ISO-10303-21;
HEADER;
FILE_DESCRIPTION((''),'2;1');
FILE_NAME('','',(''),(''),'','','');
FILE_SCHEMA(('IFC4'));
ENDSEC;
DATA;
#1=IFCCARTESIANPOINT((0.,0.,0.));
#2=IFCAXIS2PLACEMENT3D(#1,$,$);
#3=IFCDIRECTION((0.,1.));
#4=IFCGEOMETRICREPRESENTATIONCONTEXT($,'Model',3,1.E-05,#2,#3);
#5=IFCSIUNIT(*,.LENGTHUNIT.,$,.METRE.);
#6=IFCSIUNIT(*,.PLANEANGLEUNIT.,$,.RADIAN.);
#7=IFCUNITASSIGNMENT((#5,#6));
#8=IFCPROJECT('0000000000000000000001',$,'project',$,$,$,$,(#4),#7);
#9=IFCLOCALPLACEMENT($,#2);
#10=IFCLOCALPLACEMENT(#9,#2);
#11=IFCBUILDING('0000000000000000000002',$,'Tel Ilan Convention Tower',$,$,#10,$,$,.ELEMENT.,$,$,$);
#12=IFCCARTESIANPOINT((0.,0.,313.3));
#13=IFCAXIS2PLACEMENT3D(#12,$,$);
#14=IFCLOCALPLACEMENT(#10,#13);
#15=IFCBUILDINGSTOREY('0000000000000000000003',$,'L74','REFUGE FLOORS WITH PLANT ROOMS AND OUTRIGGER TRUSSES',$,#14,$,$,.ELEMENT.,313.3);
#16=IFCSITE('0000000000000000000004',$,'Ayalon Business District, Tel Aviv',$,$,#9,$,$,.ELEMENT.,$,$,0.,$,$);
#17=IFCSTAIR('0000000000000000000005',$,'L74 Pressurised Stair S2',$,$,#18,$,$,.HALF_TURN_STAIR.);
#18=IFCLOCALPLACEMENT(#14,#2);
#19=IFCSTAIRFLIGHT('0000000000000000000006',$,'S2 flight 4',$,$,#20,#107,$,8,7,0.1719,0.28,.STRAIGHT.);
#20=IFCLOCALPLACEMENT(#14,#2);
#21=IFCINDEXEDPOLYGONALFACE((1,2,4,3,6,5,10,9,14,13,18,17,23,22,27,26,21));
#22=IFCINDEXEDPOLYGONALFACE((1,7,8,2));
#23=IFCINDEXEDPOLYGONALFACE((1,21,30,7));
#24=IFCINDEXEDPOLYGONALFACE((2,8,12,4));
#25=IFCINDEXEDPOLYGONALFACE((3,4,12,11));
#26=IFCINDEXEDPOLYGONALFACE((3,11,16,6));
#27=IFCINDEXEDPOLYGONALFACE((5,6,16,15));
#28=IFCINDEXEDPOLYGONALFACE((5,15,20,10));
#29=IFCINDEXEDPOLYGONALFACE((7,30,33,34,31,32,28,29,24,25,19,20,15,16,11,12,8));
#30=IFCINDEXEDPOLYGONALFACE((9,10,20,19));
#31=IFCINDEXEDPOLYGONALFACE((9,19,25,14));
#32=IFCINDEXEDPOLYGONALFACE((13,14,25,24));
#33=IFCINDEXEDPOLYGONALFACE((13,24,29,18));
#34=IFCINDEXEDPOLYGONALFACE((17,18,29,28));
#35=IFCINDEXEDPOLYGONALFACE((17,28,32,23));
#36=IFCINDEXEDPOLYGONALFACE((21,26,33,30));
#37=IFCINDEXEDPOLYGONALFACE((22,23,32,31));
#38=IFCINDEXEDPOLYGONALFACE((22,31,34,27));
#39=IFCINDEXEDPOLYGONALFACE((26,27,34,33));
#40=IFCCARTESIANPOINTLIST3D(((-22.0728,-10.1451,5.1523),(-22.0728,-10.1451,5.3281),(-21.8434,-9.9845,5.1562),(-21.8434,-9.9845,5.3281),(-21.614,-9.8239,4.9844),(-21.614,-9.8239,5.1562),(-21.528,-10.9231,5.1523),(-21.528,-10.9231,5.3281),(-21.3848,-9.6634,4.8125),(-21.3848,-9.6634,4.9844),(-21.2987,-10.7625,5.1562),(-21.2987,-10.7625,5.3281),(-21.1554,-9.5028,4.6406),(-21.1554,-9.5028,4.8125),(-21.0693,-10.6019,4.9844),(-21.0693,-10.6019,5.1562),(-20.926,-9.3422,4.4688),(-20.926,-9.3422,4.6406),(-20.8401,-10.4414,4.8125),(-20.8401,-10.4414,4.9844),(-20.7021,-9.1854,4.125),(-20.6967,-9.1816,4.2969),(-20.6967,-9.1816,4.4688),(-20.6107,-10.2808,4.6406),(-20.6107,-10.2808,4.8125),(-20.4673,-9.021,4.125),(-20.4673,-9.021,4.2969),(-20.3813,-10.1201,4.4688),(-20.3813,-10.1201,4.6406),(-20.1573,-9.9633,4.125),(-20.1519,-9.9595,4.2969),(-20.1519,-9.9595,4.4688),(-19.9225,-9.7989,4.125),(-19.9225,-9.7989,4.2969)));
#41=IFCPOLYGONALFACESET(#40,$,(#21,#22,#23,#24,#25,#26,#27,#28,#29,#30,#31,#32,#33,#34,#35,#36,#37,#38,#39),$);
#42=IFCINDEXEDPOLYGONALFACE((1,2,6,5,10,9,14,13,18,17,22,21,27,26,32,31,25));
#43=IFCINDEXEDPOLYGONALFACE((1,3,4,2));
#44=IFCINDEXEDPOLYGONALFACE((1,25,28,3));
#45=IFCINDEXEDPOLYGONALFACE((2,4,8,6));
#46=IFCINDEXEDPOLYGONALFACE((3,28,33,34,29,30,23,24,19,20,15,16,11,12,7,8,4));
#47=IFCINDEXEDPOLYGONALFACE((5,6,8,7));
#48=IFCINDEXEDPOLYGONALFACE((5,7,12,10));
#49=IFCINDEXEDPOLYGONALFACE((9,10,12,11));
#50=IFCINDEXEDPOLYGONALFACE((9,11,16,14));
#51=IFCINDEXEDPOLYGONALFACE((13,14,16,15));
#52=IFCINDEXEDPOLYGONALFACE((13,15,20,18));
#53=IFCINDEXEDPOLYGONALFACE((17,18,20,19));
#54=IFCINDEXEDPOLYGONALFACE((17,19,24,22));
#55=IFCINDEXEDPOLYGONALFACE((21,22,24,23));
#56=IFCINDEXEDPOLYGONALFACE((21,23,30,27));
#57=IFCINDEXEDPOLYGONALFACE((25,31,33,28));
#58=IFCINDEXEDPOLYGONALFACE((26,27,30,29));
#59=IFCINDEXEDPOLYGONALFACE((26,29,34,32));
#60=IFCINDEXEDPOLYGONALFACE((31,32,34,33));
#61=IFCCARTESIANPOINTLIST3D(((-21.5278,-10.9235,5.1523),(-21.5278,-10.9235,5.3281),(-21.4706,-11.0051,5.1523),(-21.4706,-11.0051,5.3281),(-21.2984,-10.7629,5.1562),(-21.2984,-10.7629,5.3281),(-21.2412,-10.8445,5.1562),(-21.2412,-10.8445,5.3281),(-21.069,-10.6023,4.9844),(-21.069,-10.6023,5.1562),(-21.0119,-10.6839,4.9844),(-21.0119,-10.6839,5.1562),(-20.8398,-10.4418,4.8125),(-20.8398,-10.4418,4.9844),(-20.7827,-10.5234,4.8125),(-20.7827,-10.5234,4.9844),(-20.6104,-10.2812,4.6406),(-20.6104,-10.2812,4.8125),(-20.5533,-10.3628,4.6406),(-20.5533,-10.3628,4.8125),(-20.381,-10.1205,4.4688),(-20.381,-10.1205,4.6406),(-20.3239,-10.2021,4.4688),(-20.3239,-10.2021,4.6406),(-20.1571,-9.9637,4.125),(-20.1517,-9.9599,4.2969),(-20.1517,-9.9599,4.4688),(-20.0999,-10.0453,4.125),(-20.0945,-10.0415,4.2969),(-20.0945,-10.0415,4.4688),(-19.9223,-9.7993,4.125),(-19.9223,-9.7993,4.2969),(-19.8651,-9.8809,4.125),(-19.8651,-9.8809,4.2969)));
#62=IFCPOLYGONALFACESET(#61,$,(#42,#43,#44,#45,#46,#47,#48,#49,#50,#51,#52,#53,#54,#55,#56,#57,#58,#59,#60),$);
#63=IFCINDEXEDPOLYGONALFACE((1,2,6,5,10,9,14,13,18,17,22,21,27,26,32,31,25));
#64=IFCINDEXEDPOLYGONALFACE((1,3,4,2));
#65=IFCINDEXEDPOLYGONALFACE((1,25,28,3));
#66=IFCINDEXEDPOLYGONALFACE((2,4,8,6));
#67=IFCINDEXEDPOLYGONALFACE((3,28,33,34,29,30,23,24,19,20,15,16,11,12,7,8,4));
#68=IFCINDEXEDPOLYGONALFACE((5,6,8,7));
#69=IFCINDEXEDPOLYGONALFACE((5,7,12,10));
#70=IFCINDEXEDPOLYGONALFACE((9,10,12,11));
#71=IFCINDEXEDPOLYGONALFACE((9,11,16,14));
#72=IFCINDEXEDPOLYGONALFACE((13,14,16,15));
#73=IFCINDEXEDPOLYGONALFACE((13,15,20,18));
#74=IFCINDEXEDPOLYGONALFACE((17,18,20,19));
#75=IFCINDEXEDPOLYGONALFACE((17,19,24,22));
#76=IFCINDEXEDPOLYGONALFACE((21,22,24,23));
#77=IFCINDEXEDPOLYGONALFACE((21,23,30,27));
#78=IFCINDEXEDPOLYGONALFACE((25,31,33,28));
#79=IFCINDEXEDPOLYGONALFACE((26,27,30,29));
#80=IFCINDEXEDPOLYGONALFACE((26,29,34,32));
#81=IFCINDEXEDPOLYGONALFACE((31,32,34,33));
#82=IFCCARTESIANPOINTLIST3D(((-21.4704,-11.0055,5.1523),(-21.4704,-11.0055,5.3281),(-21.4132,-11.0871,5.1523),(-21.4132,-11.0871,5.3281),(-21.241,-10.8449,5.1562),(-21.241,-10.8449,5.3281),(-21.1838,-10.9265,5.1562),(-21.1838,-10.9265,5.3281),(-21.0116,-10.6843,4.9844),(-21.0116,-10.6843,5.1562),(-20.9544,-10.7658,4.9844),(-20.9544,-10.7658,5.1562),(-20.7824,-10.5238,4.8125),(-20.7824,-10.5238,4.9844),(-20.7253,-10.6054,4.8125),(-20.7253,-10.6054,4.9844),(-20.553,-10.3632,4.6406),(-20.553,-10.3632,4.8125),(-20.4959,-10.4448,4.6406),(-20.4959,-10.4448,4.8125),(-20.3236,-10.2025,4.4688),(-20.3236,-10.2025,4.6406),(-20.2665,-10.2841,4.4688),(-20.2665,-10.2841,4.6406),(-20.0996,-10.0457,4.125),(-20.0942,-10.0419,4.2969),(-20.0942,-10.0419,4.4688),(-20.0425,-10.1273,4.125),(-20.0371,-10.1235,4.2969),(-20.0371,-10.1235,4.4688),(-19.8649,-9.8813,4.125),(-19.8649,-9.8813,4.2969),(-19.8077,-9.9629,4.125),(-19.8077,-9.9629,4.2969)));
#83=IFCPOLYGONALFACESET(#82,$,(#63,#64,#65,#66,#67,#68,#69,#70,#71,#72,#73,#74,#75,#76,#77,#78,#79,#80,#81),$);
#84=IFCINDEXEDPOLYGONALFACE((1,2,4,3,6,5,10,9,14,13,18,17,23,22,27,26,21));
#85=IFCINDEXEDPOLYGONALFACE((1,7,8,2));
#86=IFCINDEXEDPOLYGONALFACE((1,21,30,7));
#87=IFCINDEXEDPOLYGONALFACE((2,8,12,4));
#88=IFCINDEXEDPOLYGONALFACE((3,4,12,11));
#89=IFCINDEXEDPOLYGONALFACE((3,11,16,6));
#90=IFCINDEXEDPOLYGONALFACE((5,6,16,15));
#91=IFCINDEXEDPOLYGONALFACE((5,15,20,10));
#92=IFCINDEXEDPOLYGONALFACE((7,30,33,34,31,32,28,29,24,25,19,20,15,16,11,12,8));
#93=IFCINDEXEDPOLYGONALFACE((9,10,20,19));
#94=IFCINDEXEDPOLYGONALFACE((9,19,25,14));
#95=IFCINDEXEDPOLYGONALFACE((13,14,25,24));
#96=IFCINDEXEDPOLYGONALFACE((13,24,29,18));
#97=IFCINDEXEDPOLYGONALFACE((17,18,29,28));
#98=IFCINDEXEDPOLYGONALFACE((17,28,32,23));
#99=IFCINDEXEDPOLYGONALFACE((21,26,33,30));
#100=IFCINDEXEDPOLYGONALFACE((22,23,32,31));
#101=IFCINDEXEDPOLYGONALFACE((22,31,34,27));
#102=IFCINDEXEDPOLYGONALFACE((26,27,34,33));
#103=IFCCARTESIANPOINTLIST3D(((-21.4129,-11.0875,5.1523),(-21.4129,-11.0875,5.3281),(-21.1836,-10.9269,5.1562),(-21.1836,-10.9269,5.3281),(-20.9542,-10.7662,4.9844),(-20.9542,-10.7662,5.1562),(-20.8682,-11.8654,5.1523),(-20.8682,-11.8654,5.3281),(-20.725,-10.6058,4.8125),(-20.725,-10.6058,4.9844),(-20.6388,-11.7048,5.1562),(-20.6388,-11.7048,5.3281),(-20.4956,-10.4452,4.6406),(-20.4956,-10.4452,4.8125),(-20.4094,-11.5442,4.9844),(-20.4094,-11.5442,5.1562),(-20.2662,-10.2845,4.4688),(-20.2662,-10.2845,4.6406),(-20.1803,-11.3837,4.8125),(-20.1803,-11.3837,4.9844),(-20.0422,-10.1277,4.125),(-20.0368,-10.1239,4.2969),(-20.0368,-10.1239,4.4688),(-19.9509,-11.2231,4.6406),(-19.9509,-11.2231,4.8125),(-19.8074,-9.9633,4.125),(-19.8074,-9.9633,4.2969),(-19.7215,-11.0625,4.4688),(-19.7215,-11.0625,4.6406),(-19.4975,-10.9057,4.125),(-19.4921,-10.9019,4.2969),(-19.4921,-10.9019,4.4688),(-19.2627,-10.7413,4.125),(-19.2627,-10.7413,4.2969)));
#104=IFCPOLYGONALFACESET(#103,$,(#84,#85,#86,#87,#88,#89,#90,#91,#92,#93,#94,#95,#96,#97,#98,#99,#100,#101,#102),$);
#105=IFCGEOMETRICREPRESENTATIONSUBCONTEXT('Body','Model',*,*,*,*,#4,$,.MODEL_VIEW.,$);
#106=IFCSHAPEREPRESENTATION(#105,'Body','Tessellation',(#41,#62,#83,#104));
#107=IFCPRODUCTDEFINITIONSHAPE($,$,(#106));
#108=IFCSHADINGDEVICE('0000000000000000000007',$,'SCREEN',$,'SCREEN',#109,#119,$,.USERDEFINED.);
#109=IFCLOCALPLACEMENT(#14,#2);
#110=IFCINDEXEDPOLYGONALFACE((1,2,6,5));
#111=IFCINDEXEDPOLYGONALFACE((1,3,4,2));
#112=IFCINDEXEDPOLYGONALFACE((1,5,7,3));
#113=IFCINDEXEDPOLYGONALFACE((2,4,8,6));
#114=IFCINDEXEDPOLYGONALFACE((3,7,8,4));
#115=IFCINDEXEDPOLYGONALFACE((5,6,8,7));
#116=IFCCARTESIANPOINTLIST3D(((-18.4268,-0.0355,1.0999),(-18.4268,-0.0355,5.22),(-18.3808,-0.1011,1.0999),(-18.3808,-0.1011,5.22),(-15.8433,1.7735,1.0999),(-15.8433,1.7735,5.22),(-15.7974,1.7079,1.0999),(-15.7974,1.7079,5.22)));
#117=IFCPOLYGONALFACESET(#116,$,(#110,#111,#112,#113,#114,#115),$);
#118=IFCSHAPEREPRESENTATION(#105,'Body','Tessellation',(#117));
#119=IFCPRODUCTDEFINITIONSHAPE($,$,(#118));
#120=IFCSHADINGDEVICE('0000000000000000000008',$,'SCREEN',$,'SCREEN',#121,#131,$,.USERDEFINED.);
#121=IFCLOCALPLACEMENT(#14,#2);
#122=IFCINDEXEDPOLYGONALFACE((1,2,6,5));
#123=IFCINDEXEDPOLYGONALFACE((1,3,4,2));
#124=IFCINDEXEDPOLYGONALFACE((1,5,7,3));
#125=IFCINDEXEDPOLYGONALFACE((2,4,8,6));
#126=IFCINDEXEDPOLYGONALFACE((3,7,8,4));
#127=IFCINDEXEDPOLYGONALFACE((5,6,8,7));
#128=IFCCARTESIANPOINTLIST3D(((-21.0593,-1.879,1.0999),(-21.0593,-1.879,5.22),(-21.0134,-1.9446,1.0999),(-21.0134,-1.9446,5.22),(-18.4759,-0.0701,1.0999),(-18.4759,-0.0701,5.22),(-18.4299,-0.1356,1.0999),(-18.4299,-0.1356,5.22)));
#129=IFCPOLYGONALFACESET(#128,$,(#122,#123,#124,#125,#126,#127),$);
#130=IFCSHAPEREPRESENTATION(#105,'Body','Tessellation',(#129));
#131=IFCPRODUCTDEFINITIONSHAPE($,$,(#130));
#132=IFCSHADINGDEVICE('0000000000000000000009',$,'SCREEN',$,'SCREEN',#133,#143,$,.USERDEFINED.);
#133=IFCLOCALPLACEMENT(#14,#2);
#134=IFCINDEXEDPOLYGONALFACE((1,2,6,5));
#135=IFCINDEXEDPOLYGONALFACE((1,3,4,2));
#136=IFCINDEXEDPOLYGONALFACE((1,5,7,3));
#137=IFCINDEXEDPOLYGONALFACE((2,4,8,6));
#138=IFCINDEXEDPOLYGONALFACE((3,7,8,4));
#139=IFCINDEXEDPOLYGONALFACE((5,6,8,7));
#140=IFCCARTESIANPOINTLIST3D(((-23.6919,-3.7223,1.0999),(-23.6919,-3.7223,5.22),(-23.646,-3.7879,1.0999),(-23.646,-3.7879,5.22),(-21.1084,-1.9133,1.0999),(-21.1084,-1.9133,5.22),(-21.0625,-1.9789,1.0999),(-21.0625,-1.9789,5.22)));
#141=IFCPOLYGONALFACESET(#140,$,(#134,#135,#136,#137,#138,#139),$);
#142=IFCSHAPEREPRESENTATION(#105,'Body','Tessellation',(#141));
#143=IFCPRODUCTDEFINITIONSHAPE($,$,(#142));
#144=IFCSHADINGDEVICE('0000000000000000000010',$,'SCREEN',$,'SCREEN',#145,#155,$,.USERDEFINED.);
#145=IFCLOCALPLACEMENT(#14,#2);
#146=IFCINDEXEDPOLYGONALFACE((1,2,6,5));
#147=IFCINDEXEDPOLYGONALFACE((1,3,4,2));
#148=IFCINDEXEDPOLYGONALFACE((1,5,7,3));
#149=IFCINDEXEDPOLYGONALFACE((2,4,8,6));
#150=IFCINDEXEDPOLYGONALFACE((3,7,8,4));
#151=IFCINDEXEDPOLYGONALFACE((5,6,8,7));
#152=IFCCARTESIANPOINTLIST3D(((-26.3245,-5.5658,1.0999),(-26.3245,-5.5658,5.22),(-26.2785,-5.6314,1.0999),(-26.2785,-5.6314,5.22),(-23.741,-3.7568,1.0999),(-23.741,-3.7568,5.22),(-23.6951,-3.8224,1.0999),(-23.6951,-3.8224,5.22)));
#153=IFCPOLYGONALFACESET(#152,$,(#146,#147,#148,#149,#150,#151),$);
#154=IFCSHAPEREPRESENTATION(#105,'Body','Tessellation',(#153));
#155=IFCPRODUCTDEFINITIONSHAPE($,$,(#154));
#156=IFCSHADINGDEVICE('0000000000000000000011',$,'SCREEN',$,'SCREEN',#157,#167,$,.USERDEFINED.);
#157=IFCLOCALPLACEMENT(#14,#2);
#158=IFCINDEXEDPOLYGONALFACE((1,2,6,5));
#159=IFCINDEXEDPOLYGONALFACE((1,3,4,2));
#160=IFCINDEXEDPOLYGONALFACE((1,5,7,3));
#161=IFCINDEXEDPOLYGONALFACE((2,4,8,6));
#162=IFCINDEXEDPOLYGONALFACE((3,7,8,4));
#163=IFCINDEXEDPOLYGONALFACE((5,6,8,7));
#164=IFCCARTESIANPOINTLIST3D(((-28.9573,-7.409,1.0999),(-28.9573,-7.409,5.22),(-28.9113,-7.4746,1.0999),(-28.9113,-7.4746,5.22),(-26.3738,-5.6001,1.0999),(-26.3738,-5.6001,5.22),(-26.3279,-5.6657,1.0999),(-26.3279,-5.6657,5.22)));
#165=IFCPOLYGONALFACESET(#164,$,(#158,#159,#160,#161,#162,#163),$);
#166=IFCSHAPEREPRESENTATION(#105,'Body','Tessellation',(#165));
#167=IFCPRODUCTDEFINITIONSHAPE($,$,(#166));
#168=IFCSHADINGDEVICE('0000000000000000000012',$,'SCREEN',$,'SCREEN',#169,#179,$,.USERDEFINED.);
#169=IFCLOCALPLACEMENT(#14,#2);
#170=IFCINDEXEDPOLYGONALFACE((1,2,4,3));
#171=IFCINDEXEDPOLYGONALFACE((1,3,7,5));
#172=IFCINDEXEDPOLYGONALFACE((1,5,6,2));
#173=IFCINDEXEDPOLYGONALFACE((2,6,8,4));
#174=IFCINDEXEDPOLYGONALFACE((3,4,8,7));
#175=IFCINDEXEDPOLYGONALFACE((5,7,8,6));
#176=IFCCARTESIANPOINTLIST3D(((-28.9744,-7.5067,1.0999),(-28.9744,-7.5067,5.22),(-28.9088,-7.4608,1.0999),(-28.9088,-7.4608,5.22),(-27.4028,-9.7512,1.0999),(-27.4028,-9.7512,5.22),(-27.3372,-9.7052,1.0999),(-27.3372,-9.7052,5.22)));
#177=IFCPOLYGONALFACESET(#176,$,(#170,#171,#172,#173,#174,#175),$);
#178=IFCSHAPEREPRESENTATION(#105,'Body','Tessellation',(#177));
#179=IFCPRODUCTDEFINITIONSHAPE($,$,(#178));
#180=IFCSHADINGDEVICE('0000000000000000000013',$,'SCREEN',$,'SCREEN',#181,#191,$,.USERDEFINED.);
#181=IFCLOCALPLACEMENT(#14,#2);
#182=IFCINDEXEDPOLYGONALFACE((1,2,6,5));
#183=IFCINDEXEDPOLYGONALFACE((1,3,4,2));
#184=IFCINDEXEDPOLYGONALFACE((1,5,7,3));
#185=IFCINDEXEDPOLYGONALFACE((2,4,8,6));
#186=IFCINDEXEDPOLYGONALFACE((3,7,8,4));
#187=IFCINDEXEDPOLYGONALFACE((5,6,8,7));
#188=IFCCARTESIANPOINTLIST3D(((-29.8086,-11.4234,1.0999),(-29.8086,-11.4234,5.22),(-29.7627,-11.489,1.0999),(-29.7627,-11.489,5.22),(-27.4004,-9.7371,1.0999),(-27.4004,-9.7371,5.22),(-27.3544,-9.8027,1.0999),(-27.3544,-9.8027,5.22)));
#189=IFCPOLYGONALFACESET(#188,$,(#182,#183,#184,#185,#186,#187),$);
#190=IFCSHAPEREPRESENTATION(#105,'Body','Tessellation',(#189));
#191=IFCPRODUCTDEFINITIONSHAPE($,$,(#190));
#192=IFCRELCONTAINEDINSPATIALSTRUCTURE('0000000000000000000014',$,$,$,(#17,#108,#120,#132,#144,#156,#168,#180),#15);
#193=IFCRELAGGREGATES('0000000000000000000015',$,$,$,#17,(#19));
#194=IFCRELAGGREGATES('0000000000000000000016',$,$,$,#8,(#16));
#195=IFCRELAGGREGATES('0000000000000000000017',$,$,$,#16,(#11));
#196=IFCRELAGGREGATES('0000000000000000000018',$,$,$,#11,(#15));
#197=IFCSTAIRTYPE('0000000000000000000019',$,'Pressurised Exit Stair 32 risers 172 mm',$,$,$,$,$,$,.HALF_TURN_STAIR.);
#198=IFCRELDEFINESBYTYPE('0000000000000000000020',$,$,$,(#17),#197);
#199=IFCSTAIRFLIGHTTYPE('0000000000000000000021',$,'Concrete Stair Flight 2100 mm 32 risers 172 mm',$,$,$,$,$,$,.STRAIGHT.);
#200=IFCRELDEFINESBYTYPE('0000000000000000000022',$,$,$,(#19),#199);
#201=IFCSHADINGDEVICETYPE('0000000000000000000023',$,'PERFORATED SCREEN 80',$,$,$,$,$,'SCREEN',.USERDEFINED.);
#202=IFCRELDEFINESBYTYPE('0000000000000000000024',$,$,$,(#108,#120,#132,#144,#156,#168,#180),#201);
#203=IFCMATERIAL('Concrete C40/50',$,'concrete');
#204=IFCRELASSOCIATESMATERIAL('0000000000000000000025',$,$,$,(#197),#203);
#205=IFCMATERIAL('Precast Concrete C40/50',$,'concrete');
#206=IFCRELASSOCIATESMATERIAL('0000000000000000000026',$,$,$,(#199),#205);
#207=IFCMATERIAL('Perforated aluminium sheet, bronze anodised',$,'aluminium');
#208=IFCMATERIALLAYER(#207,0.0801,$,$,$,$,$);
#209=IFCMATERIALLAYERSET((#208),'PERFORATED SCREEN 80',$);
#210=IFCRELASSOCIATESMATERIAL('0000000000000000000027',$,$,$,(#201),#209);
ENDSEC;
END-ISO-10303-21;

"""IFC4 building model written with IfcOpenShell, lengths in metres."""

from ifc_helpers import new_model, si_unit, direction, frame, origin, origin_2d, place, context, subcontext, project, spatial, polyline, rectangle, outline, extrude, material, layer, layer_set, type_object, element, aggregate, save


model = new_model("IFC4")

# Units and contexts
model_context = context("Model", 3, precision=1e-05, world=origin(), true_north=direction((0.0, 1.0)))
body_context = subcontext(model_context, "Body", "Model", "MODEL_VIEW")
ifc_project = project(units=[si_unit("LENGTHUNIT", "METRE"), si_unit("PLANEANGLEUNIT", "RADIAN")], contexts=[model_context])

# Site, building, storey
site_placement = place(None, origin())
site = spatial("IfcSite", under=ifc_project, at=site_placement, Name="Ayalon Business District, Tel Aviv", CompositionType="ELEMENT", RefElevation=0.0)
building_placement = place(site_placement, origin())
building = spatial("IfcBuilding", under=site, at=building_placement, Name="Tel Ilan Convention Tower", CompositionType="ELEMENT")
storey_placement = place(building_placement, frame((0.0, 0.0, 313.3)))
storey = spatial("IfcBuildingStorey", under=building, at=storey_placement, Name="L74", Description="REFUGE FLOORS WITH PLANT ROOMS AND OUTRIGGER TRUSSES", CompositionType="ELEMENT", Elevation=313.3)

# Stair, stair flight
ifc_material_1 = material(Name="Concrete C40/50", Category="concrete")
stair_type = type_object("IfcStairType", Name="Pressurised Exit Stair 32 risers 172 mm", PredefinedType="HALF_TURN_STAIR", material=ifc_material_1)
stair_placement = place(storey_placement, origin())
stair = element("IfcStair", 1, at=stair_placement, inside=storey, type_object=stair_type, Name="L74 Pressurised Stair S2", PredefinedType="HALF_TURN_STAIR")
ifc_material_2 = material(Name="Precast Concrete C40/50", Category="concrete")
stair_flight_type = type_object("IfcStairFlightType", Name="Concrete Stair Flight 2100 mm 32 risers 172 mm", PredefinedType="STRAIGHT", material=ifc_material_2)
stair_flight_1_placement = place(storey_placement, frame((-19.865, -9.8811, 4.125), z_axis=(0.0, 0.0, 1.0), x_axis=(-0.819152, -0.573576, 0.0)))
stair_flight_1 = element("IfcStairFlight", 2, at=stair_flight_1_placement, type_object=stair_flight_type, Name="S2 flight 4", NumberOfRisers=8, NumberOfTreads=7, PredefinedType="STRAIGHT", RiserHeight=0.1719, TreadLength=0.28, context=body_context, shape_type="SweptSolid", body=[
    extrude(outline(polyline([(0.0, 0.0), (0.0, 0.1719), (0.28, 0.1719), (0.28, 0.3438), (0.5601, 0.3438), (0.5601, 0.5156), (0.8401, 0.5156), (0.8401, 0.6875), (1.1201, 0.6875), (1.1201, 0.8594), (1.3999, 0.8594), (1.3999, 1.0312), (1.6799, 1.0312), (1.6799, 1.2031), (1.96, 1.2031), (1.96, 1.375), (1.96, 1.0273), (0.2866, 0.0), (0.0, 0.0)])), frame((0.0, -0.1003, 0.0), z_axis=(0.0, -1.0, 0.0), x_axis=(1.0, 0.0, 0.0)), (0.0, 0.0, 1.0), 0.9497),
    extrude(outline(polyline([(0.0, 0.0), (0.0, 0.1719), (0.28, 0.1719), (0.28, 0.3438), (0.5601, 0.3438), (0.5601, 0.5156), (0.8401, 0.5156), (0.8401, 0.6875), (1.1201, 0.6875), (1.1201, 0.8594), (1.3999, 0.8594), (1.3999, 1.0312), (1.6799, 1.0312), (1.6799, 1.2031), (1.96, 1.2031), (1.96, 1.375), (1.96, 1.0273), (0.2866, 0.0), (0.0, 0.0)])), frame((0.0, -0.0002, 0.0), z_axis=(0.0, -1.0, 0.0), x_axis=(1.0, 0.0, 0.0)), (0.0, 0.0, 1.0), 0.0996),
    extrude(outline(polyline([(0.0, 0.0), (0.0, 0.1719), (0.28, 0.1719), (0.28, 0.3438), (0.5601, 0.3438), (0.5601, 0.5156), (0.8401, 0.5156), (0.8401, 0.6875), (1.1201, 0.6875), (1.1201, 0.8594), (1.3999, 0.8594), (1.3999, 1.0312), (1.6799, 1.0312), (1.6799, 1.2031), (1.96, 1.2031), (1.96, 1.375), (1.96, 1.0273), (0.2866, 0.0), (0.0, 0.0)])), frame((0.0, 0.0999, 0.0), z_axis=(0.0, -1.0, 0.0), x_axis=(1.0, 0.0, 0.0)), (0.0, 0.0, 1.0), 0.0996),
    extrude(outline(polyline([(0.0, 0.0), (0.0, 0.1719), (0.28, 0.1719), (0.28, 0.3438), (0.5601, 0.3438), (0.5601, 0.5156), (0.8401, 0.5156), (0.8401, 0.6875), (1.1201, 0.6875), (1.1201, 0.8594), (1.3999, 0.8594), (1.3999, 1.0312), (1.6799, 1.0312), (1.6799, 1.2031), (1.96, 1.2031), (1.96, 1.375), (1.96, 1.0273), (0.2866, 0.0), (0.0, 0.0)])), frame((0.0, 1.05, 0.0), z_axis=(0.0, -1.0, 0.0), x_axis=(1.0, 0.0, 0.0)), (0.0, 0.0, 1.0), 0.9497),
])
aggregate(stair, [stair_flight_1])

# Shading devices
ifc_material_3 = material(Name="Perforated aluminium sheet, bronze anodised", Category="aluminium")
ifc_layer_1 = layer(ifc_material_3, 0.0801)
ifc_layer_set_1 = layer_set([ifc_layer_1], Name="PERFORATED SCREEN 80")
shading_device_type_1 = type_object("IfcShadingDeviceType", Name="PERFORATED SCREEN 80", ElementType="SCREEN", PredefinedType="USERDEFINED", material=ifc_layer_set_1)
for number, where, z_axis, x_axis, name in (
    (3, (-17.1121, 0.8362, 1.0999), (0.0, 0.0, 1.0), (-0.819152, -0.573576, 0.0), "SCREEN"),
    (4, (-19.7446, -1.0073, 1.0999), (0.0, 0.0, 1.0), (-0.819152, -0.573576, 0.0), "SCREEN"),
    (5, (-22.3772, -2.8506, 1.0999), (0.0, 0.0, 1.0), (-0.819152, -0.573576, 0.0), "SCREEN"),
    (6, (-25.0098, -4.6941, 1.0999), (0.0, 0.0, 1.0), (-0.819152, -0.573576, 0.0), "SCREEN"),
    (7, (-27.6426, -6.5374, 1.0999), (0.0, 0.0, 1.0), (-0.819152, -0.573576, 0.0), "SCREEN"),
):
    element("IfcShadingDevice", number, at=place(storey_placement, frame(where, z_axis=z_axis, x_axis=x_axis)), inside=storey, type_object=shading_device_type_1, Name=name, ObjectType="SCREEN", PredefinedType="USERDEFINED", context=body_context, shape_type="SweptSolid", body=[
        extrude(rectangle(XDim=3.1538, YDim=0.0801, at=origin_2d()), origin(), (0.0, 0.0, 1.0), 4.1201),
    ])
shading_device_1_placement = place(storey_placement, frame((-28.1558, -8.606, 1.0999), z_axis=(0.0, 0.0, 1.0), x_axis=(0.573576, -0.819152, 0.0)))
element("IfcShadingDevice", 8, at=shading_device_1_placement, inside=storey, type_object=shading_device_type_1, Name="SCREEN", ObjectType="SCREEN", PredefinedType="USERDEFINED", context=body_context, shape_type="SweptSolid", body=[
    extrude(rectangle(XDim=2.74, YDim=0.0801, at=origin_2d()), origin(), (0.0, 0.0, 1.0), 4.1201),
])
shading_device_2_placement = place(storey_placement, frame((-28.5815, -10.613, 1.0999), z_axis=(0.0, 0.0, 1.0), x_axis=(-0.819152, -0.573576, 0.0)))
element("IfcShadingDevice", 9, at=shading_device_2_placement, inside=storey, type_object=shading_device_type_1, Name="SCREEN", ObjectType="SCREEN", PredefinedType="USERDEFINED", context=body_context, shape_type="SweptSolid", body=[
    extrude(rectangle(XDim=2.9399, YDim=0.0801, at=origin_2d()), origin(), (0.0, 0.0, 1.0), 4.1201),
])

save(model, "model.ifc")
